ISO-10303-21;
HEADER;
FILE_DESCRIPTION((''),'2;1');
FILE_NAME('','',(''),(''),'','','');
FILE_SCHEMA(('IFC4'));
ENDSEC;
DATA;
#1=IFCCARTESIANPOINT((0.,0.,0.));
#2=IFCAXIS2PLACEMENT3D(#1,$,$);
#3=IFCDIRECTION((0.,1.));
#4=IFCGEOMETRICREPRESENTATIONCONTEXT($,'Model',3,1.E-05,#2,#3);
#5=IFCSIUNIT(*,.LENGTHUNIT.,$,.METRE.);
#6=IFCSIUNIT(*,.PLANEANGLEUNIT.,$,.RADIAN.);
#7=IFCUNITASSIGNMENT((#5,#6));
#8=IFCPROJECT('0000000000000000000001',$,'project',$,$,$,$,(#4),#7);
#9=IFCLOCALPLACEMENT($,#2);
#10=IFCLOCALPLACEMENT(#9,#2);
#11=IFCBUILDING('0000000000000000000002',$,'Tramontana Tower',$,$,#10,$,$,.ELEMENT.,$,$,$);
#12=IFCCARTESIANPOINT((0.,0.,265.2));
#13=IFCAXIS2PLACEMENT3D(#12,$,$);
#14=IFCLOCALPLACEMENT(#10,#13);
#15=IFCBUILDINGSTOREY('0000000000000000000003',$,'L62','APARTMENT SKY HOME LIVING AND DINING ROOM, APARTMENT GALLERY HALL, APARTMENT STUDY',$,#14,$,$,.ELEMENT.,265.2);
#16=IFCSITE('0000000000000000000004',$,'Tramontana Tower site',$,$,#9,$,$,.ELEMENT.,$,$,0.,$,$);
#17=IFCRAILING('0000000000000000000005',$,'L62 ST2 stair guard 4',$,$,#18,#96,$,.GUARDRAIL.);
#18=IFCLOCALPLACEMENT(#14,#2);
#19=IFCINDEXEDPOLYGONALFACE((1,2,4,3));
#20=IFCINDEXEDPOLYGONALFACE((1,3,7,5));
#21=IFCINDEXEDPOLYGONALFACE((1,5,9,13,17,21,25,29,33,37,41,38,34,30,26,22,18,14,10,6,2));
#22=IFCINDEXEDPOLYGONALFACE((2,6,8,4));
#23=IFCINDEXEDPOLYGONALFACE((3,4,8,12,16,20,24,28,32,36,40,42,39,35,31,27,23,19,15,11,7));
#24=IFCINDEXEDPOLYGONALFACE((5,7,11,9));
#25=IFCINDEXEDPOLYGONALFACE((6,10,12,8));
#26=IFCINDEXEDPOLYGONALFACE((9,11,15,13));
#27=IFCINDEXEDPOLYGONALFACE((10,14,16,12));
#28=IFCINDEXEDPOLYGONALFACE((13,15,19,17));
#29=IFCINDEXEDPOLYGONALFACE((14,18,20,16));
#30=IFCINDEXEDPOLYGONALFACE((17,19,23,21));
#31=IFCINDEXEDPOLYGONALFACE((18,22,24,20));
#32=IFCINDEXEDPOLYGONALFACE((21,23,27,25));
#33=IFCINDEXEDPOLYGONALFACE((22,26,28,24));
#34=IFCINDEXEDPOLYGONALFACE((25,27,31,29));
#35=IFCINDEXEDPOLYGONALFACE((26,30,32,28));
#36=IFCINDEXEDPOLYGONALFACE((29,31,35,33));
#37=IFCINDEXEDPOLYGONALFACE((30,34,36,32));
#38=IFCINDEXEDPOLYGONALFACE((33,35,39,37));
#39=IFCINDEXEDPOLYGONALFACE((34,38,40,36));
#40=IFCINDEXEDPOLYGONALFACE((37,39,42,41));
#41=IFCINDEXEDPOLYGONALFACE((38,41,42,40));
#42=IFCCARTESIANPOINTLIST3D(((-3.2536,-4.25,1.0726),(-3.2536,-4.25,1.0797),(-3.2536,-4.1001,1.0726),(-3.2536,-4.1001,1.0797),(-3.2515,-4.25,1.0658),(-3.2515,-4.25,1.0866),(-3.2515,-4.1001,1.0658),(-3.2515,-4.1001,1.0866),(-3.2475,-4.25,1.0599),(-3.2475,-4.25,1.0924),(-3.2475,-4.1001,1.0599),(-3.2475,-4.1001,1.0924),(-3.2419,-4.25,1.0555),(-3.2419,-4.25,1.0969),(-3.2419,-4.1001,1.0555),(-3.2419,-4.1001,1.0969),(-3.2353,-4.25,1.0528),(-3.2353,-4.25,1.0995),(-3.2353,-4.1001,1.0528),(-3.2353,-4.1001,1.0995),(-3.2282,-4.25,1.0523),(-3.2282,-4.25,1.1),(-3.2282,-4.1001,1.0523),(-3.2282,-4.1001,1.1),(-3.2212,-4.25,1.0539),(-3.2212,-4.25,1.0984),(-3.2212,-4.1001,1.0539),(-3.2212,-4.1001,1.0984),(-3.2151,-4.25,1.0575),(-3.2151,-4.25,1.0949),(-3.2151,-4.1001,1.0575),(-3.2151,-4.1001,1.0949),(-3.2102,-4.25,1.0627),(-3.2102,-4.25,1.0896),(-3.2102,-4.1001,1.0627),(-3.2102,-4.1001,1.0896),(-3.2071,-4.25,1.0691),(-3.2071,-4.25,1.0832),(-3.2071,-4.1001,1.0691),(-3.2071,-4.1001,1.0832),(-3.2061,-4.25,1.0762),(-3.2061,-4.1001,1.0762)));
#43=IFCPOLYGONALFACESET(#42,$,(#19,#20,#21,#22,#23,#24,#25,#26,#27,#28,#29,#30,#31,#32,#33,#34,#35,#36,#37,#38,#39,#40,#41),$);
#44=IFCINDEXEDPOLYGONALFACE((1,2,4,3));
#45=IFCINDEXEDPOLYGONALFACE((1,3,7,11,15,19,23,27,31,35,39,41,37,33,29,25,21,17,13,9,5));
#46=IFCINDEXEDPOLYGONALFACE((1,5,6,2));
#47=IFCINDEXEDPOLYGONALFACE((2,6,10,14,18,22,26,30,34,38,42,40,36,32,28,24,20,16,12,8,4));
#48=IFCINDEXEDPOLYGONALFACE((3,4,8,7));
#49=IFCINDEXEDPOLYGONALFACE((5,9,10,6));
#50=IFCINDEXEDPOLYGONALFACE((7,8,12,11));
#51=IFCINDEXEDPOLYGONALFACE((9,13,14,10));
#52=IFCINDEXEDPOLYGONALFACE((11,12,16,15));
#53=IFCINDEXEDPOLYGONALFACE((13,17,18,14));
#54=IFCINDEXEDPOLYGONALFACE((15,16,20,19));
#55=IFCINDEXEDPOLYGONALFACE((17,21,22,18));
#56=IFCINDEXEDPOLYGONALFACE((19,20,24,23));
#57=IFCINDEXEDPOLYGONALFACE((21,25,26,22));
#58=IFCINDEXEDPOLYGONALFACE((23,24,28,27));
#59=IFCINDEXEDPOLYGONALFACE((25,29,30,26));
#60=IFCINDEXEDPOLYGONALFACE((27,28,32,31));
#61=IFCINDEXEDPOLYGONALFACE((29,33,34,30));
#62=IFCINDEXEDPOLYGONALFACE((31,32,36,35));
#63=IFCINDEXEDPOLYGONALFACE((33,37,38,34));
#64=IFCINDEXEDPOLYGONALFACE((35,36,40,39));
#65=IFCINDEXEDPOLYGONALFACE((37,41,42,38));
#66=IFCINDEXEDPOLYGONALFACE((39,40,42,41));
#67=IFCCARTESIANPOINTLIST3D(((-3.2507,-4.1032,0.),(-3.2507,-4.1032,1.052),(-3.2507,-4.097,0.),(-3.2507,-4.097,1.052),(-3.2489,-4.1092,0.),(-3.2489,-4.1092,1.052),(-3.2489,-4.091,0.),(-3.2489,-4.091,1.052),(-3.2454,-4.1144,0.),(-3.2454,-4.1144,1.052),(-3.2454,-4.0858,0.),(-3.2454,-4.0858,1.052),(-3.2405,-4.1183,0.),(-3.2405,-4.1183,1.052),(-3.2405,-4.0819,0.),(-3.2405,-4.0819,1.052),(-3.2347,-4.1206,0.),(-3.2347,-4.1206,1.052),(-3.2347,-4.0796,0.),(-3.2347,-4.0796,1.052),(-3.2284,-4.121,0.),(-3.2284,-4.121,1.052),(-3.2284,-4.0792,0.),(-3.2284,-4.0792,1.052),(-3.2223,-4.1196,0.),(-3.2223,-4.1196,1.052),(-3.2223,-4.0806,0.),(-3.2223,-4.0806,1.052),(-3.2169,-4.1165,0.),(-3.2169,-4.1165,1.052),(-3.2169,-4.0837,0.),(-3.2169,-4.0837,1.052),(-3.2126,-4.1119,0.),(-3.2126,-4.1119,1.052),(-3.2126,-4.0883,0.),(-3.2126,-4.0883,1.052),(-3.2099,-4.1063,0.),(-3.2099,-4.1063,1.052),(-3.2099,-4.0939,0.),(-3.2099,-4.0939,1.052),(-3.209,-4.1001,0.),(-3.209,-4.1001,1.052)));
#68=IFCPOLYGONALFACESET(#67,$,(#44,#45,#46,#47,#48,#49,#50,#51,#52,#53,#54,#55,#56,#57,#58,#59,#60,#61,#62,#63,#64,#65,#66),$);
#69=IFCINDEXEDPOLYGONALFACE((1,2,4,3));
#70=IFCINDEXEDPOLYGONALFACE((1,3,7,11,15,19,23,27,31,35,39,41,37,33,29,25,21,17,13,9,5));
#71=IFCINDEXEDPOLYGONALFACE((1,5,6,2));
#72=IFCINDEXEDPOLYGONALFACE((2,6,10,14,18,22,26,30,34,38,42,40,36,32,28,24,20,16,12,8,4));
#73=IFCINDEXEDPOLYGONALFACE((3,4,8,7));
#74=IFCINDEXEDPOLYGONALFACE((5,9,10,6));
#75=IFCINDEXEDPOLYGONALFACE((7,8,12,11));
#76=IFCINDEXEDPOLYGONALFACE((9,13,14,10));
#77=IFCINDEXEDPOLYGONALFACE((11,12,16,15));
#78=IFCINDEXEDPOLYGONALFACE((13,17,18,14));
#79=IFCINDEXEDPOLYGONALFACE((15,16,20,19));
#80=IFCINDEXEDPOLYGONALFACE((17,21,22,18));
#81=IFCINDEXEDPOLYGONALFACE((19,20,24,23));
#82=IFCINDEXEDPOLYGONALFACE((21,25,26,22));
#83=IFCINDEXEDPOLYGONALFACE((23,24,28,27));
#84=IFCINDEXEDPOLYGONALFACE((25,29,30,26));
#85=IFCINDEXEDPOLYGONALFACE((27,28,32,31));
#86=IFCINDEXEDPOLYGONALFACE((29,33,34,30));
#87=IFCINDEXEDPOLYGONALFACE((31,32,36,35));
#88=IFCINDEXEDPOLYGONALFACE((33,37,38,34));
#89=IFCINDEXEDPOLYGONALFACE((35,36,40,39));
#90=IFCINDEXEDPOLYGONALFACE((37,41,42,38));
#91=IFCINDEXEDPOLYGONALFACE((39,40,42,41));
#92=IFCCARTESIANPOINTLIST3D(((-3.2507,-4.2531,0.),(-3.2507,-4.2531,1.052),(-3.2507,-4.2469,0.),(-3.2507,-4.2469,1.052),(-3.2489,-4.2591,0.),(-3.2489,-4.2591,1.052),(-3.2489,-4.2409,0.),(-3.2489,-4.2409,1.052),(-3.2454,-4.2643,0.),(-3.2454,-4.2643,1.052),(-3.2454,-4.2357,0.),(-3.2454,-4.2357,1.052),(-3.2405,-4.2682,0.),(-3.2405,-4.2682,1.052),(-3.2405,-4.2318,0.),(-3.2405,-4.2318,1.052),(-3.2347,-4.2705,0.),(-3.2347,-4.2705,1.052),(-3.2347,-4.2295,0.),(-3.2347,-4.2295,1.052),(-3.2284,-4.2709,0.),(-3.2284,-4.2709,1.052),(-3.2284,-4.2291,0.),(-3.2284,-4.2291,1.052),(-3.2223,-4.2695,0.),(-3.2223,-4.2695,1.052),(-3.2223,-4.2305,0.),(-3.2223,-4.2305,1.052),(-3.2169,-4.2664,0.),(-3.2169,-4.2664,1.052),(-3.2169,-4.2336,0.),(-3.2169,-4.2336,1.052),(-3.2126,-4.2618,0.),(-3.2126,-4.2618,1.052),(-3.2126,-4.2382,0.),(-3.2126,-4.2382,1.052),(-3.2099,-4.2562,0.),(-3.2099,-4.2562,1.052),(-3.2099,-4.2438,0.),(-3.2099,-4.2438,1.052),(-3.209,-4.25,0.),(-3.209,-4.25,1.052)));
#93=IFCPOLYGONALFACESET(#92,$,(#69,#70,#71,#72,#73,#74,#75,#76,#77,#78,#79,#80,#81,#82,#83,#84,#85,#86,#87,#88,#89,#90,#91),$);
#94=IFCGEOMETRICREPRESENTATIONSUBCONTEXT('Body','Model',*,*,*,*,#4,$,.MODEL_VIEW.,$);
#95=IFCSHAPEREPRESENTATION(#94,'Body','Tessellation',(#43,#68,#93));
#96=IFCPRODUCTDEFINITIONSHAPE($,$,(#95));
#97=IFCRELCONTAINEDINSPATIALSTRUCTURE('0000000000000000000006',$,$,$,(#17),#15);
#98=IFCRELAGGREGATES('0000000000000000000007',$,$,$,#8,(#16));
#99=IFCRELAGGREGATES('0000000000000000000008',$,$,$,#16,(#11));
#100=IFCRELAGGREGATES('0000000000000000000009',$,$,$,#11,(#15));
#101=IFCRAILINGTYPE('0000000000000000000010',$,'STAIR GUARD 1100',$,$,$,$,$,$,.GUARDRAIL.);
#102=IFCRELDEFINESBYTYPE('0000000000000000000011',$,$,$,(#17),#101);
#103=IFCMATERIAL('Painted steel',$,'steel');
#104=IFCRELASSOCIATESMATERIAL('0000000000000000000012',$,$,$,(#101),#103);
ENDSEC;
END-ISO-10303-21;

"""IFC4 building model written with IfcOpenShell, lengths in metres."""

from ifc_helpers import new_model, si_unit, direction, frame, origin, origin_2d, place, context, subcontext, project, spatial, circle, extrude, material, type_object, element, save


model = new_model("IFC4")

# Units and contexts
model_context = context("Model", 3, precision=1e-05, world=origin(), true_north=direction((0.0, 1.0)))
body_context = subcontext(model_context, "Body", "Model", "MODEL_VIEW")
ifc_project = project(units=[si_unit("LENGTHUNIT", "METRE"), si_unit("PLANEANGLEUNIT", "RADIAN")], contexts=[model_context])

# Site, building, storey
site_placement = place(None, origin())
site = spatial("IfcSite", under=ifc_project, at=site_placement, Name="Tramontana Tower site", CompositionType="ELEMENT", RefElevation=0.0)
building_placement = place(site_placement, origin())
building = spatial("IfcBuilding", under=site, at=building_placement, Name="Tramontana Tower", CompositionType="ELEMENT")
storey_placement = place(building_placement, frame((0.0, 0.0, 265.2)))
storey = spatial("IfcBuildingStorey", under=building, at=storey_placement, Name="L62", Description="APARTMENT SKY HOME LIVING AND DINING ROOM, APARTMENT GALLERY HALL, APARTMENT STUDY", CompositionType="ELEMENT", Elevation=265.2)

# Railing
ifc_material_1 = material(Name="Painted steel", Category="steel")
railing_type_1 = type_object("IfcRailingType", Name="STAIR GUARD 1100", PredefinedType="GUARDRAIL", material=ifc_material_1)
railing_1_placement = place(storey_placement, frame((-3.23, -4.1001, 0.0)))
element("IfcRailing", 1, at=railing_1_placement, inside=storey, type_object=railing_type_1, Name="L62 ST2 stair guard 4", PredefinedType="GUARDRAIL", context=body_context, shape_type="SweptSolid", body=[
    extrude(circle(Radius=0.0239, at=origin_2d()), frame((0.0, 0.0, 1.0762), z_axis=(0.0, -1.0, 0.0), x_axis=(1.0, 0.0, 0.0)), (0.0, 0.0, 1.0), 0.1499),
    extrude(circle(Radius=0.021, at=origin_2d()), origin(), (0.0, 0.0, 1.0), 1.052),
    extrude(circle(Radius=0.021, at=origin_2d()), frame((0.0, -0.1499, 0.0)), (0.0, 0.0, 1.0), 1.052),
])

save(model, "model.ifc")
